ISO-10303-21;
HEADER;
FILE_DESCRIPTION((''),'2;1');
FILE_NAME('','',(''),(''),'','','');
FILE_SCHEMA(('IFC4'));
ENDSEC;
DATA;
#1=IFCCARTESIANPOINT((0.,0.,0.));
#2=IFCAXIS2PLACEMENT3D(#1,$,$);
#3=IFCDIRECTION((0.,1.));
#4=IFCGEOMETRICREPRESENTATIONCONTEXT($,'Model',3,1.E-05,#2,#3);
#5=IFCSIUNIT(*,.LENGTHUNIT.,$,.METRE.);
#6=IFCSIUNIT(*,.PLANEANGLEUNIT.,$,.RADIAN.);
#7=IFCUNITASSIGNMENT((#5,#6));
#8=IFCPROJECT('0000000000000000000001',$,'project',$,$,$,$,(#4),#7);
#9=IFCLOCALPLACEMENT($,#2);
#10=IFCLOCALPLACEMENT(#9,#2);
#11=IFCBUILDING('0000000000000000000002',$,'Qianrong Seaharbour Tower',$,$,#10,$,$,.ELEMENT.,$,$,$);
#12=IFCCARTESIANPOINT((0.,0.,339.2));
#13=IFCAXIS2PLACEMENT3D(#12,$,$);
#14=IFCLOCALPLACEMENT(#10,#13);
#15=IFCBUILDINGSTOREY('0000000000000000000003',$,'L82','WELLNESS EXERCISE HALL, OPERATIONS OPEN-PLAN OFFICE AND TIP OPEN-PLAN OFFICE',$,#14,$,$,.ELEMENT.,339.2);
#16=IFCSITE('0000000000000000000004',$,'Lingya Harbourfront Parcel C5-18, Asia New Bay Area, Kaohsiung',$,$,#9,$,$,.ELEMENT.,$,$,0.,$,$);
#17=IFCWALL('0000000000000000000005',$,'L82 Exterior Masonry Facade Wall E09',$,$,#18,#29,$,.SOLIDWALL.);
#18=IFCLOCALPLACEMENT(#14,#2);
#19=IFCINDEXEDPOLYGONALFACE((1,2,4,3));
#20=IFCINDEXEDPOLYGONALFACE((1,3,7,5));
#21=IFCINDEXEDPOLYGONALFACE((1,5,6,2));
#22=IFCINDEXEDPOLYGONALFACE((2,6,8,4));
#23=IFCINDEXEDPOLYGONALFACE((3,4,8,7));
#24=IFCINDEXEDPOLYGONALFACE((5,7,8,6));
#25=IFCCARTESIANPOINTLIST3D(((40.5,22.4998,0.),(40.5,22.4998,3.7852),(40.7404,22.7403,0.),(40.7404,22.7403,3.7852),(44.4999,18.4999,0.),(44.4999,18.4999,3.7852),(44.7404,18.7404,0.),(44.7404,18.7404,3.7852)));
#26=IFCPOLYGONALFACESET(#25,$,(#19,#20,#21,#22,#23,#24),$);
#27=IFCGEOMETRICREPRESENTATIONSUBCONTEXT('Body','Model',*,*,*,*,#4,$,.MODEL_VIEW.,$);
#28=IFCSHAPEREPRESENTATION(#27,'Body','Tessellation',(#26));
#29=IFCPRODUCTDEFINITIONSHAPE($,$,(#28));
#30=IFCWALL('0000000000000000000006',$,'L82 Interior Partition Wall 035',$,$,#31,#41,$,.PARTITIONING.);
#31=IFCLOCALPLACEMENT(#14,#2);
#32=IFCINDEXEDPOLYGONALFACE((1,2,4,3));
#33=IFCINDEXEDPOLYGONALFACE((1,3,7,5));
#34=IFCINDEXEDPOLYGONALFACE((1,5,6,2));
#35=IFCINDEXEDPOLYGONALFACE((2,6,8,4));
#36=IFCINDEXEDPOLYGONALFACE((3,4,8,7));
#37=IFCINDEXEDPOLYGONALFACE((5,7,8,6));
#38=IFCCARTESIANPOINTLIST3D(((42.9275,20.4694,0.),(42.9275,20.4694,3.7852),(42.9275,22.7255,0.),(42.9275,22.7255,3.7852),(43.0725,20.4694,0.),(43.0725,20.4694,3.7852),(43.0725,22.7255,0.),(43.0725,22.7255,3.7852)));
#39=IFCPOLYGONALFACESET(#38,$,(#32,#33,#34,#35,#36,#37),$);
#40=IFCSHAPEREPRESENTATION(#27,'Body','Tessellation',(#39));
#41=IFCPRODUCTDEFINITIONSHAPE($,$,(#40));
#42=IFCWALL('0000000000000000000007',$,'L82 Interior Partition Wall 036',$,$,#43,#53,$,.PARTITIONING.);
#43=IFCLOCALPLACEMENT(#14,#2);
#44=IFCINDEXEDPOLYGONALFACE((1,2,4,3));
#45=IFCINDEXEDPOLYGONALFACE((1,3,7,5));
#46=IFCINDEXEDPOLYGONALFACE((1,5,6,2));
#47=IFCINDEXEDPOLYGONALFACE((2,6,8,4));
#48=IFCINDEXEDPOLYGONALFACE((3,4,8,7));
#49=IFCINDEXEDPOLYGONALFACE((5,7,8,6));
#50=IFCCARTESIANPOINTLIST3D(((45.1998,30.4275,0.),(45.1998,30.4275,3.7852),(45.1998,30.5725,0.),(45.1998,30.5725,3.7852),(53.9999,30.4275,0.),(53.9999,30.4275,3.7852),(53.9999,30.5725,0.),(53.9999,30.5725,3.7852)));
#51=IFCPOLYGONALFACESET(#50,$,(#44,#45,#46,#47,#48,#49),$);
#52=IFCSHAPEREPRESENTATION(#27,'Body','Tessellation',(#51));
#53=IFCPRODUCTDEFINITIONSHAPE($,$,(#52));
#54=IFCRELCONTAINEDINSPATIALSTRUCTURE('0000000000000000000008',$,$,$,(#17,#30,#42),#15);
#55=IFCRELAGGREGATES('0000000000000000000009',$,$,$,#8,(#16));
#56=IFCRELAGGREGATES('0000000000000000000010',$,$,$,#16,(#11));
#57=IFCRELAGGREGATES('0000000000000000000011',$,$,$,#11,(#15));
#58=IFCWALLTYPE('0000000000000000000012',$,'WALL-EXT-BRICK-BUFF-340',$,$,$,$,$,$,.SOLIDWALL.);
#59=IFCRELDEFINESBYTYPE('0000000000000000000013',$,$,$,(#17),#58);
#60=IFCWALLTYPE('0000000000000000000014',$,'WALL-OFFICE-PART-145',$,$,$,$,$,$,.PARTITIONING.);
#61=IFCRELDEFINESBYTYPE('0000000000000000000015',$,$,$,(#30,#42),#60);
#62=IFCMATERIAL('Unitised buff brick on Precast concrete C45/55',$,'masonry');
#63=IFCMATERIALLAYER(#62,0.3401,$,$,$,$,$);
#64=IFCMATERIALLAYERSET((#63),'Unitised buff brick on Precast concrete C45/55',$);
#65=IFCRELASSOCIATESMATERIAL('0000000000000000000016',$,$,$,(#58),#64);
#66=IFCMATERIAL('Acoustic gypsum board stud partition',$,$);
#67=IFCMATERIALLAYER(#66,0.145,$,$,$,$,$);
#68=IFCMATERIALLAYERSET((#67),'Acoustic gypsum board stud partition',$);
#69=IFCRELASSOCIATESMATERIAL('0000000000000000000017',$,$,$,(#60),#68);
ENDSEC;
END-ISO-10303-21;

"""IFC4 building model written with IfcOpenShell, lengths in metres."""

from ifc_helpers import new_model, si_unit, direction, frame, frame_2d, origin, place, context, subcontext, project, spatial, rectangle, extrude, material, layer, layer_set, type_object, element, save


model = new_model("IFC4")

# Units and contexts
model_context = context("Model", 3, precision=1e-05, world=origin(), true_north=direction((0.0, 1.0)))
body_context = subcontext(model_context, "Body", "Model", "MODEL_VIEW")
ifc_project = project(units=[si_unit("LENGTHUNIT", "METRE"), si_unit("PLANEANGLEUNIT", "RADIAN")], contexts=[model_context])

# Site, building, storey
site_placement = place(None, origin())
site = spatial("IfcSite", under=ifc_project, at=site_placement, Name="Lingya Harbourfront Parcel C5-18, Asia New Bay Area, Kaohsiung", CompositionType="ELEMENT", RefElevation=0.0)
building_placement = place(site_placement, origin())
building = spatial("IfcBuilding", under=site, at=building_placement, Name="Qianrong Seaharbour Tower", CompositionType="ELEMENT")
storey_placement = place(building_placement, frame((0.0, 0.0, 339.2)))
storey = spatial("IfcBuildingStorey", under=building, at=storey_placement, Name="L82", Description="WELLNESS EXERCISE HALL, OPERATIONS OPEN-PLAN OFFICE AND TIP OPEN-PLAN OFFICE", CompositionType="ELEMENT", Elevation=339.2)

# Walls
ifc_material_1 = material(Name="Unitised buff brick on Precast concrete C45/55", Category="masonry")
ifc_layer_1 = layer(ifc_material_1, 0.3401)
ifc_layer_set_1 = layer_set([ifc_layer_1], Name="Unitised buff brick on Precast concrete C45/55")
wall_type_1 = type_object("IfcWallType", Name="WALL-EXT-BRICK-BUFF-340", PredefinedType="SOLIDWALL", material=ifc_layer_set_1)
wall_1_placement = place(storey_placement, frame((44.6201, 18.6201, 0.0), z_axis=(0.0, 0.0, 1.0), x_axis=(-0.707107, 0.707107, 0.0)))
element("IfcWall", 1, at=wall_1_placement, inside=storey, type_object=wall_type_1, Name="L82 Exterior Masonry Facade Wall E09", PredefinedType="SOLIDWALL", context=body_context, shape_type="SweptSolid", body=[
    extrude(rectangle(XDim=5.6567, YDim=0.3401, at=frame_2d((2.8284, 0.0))), origin(), (0.0, 0.0, 1.0), 3.7852),
])
ifc_material_2 = material(Name="Acoustic gypsum board stud partition")
ifc_layer_2 = layer(ifc_material_2, 0.145)
ifc_layer_set_2 = layer_set([ifc_layer_2], Name="Acoustic gypsum board stud partition")
wall_type_2 = type_object("IfcWallType", Name="WALL-OFFICE-PART-145", PredefinedType="PARTITIONING", material=ifc_layer_set_2)
wall_2_placement = place(storey_placement, frame((43.0, 20.4695, 0.0), z_axis=(0.0, 0.0, 1.0), x_axis=(0.0, 1.0, 0.0)))
element("IfcWall", 2, at=wall_2_placement, inside=storey, type_object=wall_type_2, Name="L82 Interior Partition Wall 035", PredefinedType="PARTITIONING", context=body_context, shape_type="SweptSolid", body=[
    extrude(rectangle(XDim=2.2561, YDim=0.145, at=frame_2d((1.1279, 0.0))), origin(), (0.0, 0.0, 1.0), 3.7852),
])
wall_3_placement = place(storey_placement, frame((45.2, 30.5, 0.0), z_axis=(0.0, 0.0, 1.0), x_axis=(1.0, 0.0, 0.0)))
element("IfcWall", 3, at=wall_3_placement, inside=storey, type_object=wall_type_2, Name="L82 Interior Partition Wall 036", PredefinedType="PARTITIONING", context=body_context, shape_type="SweptSolid", body=[
    extrude(rectangle(XDim=8.8, YDim=0.145, at=frame_2d((4.3999, 0.0))), origin(), (0.0, 0.0, 1.0), 3.7852),
])

save(model, "model.ifc")
